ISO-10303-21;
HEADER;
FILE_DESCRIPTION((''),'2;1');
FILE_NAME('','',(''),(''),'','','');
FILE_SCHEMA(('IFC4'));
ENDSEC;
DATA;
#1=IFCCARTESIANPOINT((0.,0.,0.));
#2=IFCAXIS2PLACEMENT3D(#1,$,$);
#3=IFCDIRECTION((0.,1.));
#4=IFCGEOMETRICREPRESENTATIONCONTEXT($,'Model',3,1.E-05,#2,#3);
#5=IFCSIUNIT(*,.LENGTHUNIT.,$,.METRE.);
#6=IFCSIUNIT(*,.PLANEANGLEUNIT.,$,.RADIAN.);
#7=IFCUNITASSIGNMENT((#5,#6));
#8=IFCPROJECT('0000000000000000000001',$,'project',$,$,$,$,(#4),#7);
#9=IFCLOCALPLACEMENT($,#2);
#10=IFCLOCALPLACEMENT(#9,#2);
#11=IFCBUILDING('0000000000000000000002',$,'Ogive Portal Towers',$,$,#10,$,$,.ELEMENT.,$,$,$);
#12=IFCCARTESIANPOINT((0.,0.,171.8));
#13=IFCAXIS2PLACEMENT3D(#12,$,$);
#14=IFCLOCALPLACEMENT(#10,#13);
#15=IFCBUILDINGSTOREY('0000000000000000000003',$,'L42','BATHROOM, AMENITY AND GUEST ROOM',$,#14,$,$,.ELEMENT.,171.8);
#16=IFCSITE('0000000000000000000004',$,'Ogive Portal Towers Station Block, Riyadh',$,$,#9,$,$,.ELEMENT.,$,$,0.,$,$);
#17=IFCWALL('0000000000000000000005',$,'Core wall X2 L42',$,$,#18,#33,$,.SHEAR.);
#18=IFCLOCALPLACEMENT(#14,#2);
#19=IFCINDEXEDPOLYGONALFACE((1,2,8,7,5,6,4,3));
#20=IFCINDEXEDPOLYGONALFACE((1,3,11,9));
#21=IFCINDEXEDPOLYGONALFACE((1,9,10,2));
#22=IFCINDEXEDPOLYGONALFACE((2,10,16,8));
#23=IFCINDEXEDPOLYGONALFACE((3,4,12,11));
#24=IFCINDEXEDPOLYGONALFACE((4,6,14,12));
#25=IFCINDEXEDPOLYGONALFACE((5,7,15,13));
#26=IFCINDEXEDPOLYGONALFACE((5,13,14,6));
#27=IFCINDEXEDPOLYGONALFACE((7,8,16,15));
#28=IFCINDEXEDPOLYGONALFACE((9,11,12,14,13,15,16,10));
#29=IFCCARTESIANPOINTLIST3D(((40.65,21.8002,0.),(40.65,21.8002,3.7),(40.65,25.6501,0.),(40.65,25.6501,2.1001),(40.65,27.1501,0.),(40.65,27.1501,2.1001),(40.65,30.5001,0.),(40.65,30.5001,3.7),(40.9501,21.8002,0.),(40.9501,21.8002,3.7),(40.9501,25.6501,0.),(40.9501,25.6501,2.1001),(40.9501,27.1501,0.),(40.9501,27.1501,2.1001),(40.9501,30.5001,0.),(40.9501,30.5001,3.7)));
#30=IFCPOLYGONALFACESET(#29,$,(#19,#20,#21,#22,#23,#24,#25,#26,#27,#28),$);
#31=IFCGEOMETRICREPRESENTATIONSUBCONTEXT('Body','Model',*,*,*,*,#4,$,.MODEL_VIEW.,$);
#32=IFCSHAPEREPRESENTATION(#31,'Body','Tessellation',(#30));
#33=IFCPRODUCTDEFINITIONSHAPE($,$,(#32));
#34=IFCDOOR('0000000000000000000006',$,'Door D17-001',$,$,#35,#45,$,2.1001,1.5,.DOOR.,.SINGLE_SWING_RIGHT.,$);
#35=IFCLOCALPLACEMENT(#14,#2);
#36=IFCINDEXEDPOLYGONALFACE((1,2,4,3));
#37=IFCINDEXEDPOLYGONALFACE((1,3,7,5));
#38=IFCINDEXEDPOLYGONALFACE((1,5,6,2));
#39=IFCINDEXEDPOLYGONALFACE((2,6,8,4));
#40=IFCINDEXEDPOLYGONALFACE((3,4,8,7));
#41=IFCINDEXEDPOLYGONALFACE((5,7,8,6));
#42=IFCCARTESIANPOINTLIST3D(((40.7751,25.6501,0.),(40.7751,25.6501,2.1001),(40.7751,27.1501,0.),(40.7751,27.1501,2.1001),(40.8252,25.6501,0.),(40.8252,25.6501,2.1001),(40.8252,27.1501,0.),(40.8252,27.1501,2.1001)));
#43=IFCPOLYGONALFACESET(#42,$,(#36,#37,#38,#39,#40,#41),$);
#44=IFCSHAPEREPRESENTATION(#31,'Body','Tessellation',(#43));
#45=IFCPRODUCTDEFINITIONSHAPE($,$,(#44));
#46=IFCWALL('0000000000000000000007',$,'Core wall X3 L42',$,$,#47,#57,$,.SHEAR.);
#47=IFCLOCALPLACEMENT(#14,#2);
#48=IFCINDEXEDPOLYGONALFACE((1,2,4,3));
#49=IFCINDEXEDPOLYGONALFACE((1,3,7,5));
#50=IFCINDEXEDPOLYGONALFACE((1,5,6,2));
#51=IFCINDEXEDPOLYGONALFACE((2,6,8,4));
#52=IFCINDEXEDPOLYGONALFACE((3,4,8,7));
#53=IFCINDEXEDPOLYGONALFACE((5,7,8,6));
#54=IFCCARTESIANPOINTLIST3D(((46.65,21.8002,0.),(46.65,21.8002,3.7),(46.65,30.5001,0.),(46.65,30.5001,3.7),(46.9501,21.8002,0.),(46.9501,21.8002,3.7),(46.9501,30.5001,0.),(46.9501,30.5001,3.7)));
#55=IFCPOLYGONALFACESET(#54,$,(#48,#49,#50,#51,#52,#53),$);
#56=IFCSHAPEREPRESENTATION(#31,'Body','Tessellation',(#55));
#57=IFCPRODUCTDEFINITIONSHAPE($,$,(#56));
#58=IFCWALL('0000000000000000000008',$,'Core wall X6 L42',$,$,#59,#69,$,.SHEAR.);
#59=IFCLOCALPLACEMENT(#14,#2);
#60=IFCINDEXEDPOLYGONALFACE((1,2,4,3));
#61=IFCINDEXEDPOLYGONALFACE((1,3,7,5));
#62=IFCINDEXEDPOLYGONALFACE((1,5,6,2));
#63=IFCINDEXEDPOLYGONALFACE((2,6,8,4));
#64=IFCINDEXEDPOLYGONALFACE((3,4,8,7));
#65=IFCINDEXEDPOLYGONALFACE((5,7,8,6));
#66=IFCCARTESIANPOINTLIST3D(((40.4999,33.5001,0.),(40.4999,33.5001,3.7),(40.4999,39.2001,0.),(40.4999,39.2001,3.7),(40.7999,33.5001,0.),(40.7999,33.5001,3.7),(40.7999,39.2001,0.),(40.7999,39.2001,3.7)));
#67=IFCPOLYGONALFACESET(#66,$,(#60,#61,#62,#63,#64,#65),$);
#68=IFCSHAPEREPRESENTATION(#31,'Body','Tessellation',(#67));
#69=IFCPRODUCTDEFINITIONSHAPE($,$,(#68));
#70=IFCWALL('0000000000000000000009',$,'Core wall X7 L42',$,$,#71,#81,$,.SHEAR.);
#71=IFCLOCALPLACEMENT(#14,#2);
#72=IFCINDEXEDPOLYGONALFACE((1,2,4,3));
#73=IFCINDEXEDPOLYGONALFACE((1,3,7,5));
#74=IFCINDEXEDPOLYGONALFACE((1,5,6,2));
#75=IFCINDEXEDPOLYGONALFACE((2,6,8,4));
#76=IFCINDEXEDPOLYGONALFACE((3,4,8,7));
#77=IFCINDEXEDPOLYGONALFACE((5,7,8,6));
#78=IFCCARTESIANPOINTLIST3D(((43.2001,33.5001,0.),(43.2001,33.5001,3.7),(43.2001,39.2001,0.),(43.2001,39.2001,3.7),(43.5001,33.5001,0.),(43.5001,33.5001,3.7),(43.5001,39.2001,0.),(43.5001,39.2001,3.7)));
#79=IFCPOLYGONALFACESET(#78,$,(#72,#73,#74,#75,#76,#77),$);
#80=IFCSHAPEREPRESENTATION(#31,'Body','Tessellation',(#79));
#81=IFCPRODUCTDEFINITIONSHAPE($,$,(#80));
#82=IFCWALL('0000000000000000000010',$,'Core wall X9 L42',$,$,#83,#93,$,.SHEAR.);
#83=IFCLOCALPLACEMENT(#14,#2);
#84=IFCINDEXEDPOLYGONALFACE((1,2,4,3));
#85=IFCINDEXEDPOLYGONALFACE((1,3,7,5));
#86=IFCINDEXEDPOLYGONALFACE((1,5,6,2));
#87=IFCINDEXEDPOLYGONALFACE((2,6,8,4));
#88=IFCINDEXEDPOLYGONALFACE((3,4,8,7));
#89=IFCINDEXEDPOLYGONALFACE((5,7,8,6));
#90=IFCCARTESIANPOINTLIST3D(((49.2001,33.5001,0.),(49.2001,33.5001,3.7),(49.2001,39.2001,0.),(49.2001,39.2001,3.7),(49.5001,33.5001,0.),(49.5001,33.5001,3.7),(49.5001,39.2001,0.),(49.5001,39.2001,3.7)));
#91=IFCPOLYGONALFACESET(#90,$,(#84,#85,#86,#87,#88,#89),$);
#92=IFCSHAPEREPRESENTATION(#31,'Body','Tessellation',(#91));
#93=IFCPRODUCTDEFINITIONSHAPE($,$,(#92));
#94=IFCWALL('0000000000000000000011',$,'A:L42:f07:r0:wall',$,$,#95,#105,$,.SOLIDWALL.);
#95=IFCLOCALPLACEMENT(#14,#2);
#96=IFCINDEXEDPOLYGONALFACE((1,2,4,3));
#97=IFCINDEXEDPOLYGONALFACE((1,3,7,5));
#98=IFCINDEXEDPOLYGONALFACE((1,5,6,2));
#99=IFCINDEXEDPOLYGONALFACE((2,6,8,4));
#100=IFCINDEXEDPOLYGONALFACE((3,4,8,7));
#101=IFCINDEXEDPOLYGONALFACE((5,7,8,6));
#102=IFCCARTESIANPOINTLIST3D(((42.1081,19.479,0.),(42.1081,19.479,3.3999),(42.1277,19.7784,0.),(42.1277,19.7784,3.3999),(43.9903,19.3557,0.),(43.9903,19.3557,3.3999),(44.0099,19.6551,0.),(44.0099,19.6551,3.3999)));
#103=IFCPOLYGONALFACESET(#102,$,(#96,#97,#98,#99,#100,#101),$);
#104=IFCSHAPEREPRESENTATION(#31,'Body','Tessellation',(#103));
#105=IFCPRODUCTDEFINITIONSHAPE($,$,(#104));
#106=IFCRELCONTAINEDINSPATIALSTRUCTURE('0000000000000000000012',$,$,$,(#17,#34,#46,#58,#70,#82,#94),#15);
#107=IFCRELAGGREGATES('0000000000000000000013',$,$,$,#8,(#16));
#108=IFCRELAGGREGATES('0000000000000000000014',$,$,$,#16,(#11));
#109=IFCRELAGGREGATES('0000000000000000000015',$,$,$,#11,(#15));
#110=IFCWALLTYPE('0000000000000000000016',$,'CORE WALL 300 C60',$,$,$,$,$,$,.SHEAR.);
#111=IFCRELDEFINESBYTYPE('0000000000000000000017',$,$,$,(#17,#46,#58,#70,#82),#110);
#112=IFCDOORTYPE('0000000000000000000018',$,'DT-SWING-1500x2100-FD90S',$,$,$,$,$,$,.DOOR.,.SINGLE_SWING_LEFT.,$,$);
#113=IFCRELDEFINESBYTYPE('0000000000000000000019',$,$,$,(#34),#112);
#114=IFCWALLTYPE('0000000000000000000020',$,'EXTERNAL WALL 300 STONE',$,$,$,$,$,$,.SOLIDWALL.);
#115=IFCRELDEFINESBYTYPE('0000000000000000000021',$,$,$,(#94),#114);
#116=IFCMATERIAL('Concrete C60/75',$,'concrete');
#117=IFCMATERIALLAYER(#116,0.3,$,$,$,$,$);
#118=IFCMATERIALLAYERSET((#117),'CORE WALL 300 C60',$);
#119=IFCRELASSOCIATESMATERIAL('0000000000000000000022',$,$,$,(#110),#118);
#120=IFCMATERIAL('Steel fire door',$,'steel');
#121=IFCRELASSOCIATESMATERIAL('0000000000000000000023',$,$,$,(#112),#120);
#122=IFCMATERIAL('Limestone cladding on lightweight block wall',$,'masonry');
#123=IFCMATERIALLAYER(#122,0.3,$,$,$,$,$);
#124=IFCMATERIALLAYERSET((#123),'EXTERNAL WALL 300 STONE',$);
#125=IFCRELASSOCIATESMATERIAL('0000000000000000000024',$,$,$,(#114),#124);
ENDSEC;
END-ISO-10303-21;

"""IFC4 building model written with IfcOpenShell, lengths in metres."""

from ifc_helpers import new_model, si_unit, direction, frame, frame_2d, origin, place, context, subcontext, project, spatial, rectangle, extrude, material, layer, layer_set, type_object, element, fill, save


model = new_model("IFC4")

# Units and contexts
model_context = context("Model", 3, precision=1e-05, world=origin(), true_north=direction((0.0, 1.0)))
body_context = subcontext(model_context, "Body", "Model", "MODEL_VIEW")
ifc_project = project(units=[si_unit("LENGTHUNIT", "METRE"), si_unit("PLANEANGLEUNIT", "RADIAN")], contexts=[model_context])

# Site, building, storey
site_placement = place(None, origin())
site = spatial("IfcSite", under=ifc_project, at=site_placement, Name="Ogive Portal Towers Station Block, Riyadh", CompositionType="ELEMENT", RefElevation=0.0)
building_placement = place(site_placement, origin())
building = spatial("IfcBuilding", under=site, at=building_placement, Name="Ogive Portal Towers", CompositionType="ELEMENT")
storey_placement = place(building_placement, frame((0.0, 0.0, 171.8)))
storey = spatial("IfcBuildingStorey", under=building, at=storey_placement, Name="L42", Description="BATHROOM, AMENITY AND GUEST ROOM", CompositionType="ELEMENT", Elevation=171.8)

# Wall, opening, door
ifc_material_1 = material(Name="Concrete C60/75", Category="concrete")
ifc_layer_1 = layer(ifc_material_1, 0.3)
ifc_layer_set_1 = layer_set([ifc_layer_1], Name="CORE WALL 300 C60")
wall_type_1 = type_object("IfcWallType", Name="CORE WALL 300 C60", PredefinedType="SHEAR", material=ifc_layer_set_1)
wall_1_placement = place(storey_placement, frame((40.8, 21.8, 0.0), z_axis=(0.0, 0.0, 1.0), x_axis=(0.0, 1.0, 0.0)))
wall_1 = element("IfcWall", 1, at=wall_1_placement, inside=storey, type_object=wall_type_1, Name="Core wall X2 L42", PredefinedType="SHEAR", context=body_context, shape_type="SweptSolid", body=[
    extrude(rectangle(XDim=8.7, YDim=0.3, at=frame_2d((4.3501, 0.0))), origin(), (0.0, 0.0, 1.0), 3.7),
])
opening_1_placement = place(wall_1_placement, frame((3.8501, 0.0, 0.0)))
opening_1 = element("IfcOpeningElement", 2, at=opening_1_placement, cuts=wall_1, PredefinedType="OPENING", context=body_context, shape_type="SweptSolid", body=[
    extrude(rectangle(XDim=1.5, YDim=2.1001, at=frame_2d((0.75, 1.05))), frame((0.0, 0.1602, 0.0), z_axis=(0.0, -1.0, 0.0), x_axis=(1.0, 0.0, 0.0)), (0.0, 0.0, 1.0), 0.3201),
])
ifc_material_2 = material(Name="Steel fire door", Category="steel")
door_type_1 = type_object("IfcDoorType", Name="DT-SWING-1500x2100-FD90S", OperationType="SINGLE_SWING_LEFT", PredefinedType="DOOR", material=ifc_material_2)
door_1_placement = place(opening_1_placement, origin())
door_1 = element("IfcDoor", 3, at=door_1_placement, inside=storey, type_object=door_type_1, Name="Door D17-001", OperationType="SINGLE_SWING_RIGHT", OverallHeight=2.1001, OverallWidth=1.5, PredefinedType="DOOR", context=body_context, shape_type="SweptSolid", body=[
    extrude(rectangle(XDim=1.5, YDim=2.1001, at=frame_2d((0.75, 1.05))), frame((0.0, 0.0249, 0.0), z_axis=(0.0, -1.0, 0.0), x_axis=(1.0, 0.0, 0.0)), (0.0, 0.0, 1.0), 0.05),
])
fill(opening_1, door_1)

# Walls
wall_2_placement = place(storey_placement, frame((46.8, 21.8, 0.0), z_axis=(0.0, 0.0, 1.0), x_axis=(0.0, 1.0, 0.0)))
element("IfcWall", 4, at=wall_2_placement, inside=storey, type_object=wall_type_1, Name="Core wall X3 L42", PredefinedType="SHEAR", context=body_context, shape_type="SweptSolid", body=[
    extrude(rectangle(XDim=8.7, YDim=0.3, at=frame_2d((4.3501, 0.0))), origin(), (0.0, 0.0, 1.0), 3.7),
])
for number, where, z_axis, x_axis, name in (
    (5, (40.6499, 33.5, 0.0), (0.0, 0.0, 1.0), (0.0, 1.0, 0.0), "Core wall X6 L42"),
    (6, (43.3501, 33.5, 0.0), (0.0, 0.0, 1.0), (0.0, 1.0, 0.0), "Core wall X7 L42"),
    (7, (49.3501, 33.5, 0.0), (0.0, 0.0, 1.0), (0.0, 1.0, 0.0), "Core wall X9 L42"),
):
    element("IfcWall", number, at=place(storey_placement, frame(where, z_axis=z_axis, x_axis=x_axis)), inside=storey, type_object=wall_type_1, Name=name, PredefinedType="SHEAR", context=body_context, shape_type="SweptSolid", body=[
        extrude(rectangle(XDim=5.7, YDim=0.3, at=frame_2d((2.8501, 0.0))), origin(), (0.0, 0.0, 1.0), 3.7),
    ])
ifc_material_3 = material(Name="Limestone cladding on lightweight block wall", Category="masonry")
ifc_layer_2 = layer(ifc_material_3, 0.3)
ifc_layer_set_2 = layer_set([ifc_layer_2], Name="EXTERNAL WALL 300 STONE")
wall_type_2 = type_object("IfcWallType", Name="EXTERNAL WALL 300 STONE", PredefinedType="SOLIDWALL", material=ifc_layer_set_2)
wall_3_placement = place(storey_placement, frame((42.1179, 19.6287, 0.0), z_axis=(0.0, 0.0, 1.0), x_axis=(0.997861, -0.065368, 0.0)))
element("IfcWall", 8, at=wall_3_placement, inside=storey, type_object=wall_type_2, Name="A:L42:f07:r0:wall", PredefinedType="SOLIDWALL", context=body_context, shape_type="SweptSolid", body=[
    extrude(rectangle(XDim=1.8862, YDim=0.3, at=frame_2d((0.9431, 0.0))), origin(), (0.0, 0.0, 1.0), 3.3999),
])

save(model, "model.ifc")
